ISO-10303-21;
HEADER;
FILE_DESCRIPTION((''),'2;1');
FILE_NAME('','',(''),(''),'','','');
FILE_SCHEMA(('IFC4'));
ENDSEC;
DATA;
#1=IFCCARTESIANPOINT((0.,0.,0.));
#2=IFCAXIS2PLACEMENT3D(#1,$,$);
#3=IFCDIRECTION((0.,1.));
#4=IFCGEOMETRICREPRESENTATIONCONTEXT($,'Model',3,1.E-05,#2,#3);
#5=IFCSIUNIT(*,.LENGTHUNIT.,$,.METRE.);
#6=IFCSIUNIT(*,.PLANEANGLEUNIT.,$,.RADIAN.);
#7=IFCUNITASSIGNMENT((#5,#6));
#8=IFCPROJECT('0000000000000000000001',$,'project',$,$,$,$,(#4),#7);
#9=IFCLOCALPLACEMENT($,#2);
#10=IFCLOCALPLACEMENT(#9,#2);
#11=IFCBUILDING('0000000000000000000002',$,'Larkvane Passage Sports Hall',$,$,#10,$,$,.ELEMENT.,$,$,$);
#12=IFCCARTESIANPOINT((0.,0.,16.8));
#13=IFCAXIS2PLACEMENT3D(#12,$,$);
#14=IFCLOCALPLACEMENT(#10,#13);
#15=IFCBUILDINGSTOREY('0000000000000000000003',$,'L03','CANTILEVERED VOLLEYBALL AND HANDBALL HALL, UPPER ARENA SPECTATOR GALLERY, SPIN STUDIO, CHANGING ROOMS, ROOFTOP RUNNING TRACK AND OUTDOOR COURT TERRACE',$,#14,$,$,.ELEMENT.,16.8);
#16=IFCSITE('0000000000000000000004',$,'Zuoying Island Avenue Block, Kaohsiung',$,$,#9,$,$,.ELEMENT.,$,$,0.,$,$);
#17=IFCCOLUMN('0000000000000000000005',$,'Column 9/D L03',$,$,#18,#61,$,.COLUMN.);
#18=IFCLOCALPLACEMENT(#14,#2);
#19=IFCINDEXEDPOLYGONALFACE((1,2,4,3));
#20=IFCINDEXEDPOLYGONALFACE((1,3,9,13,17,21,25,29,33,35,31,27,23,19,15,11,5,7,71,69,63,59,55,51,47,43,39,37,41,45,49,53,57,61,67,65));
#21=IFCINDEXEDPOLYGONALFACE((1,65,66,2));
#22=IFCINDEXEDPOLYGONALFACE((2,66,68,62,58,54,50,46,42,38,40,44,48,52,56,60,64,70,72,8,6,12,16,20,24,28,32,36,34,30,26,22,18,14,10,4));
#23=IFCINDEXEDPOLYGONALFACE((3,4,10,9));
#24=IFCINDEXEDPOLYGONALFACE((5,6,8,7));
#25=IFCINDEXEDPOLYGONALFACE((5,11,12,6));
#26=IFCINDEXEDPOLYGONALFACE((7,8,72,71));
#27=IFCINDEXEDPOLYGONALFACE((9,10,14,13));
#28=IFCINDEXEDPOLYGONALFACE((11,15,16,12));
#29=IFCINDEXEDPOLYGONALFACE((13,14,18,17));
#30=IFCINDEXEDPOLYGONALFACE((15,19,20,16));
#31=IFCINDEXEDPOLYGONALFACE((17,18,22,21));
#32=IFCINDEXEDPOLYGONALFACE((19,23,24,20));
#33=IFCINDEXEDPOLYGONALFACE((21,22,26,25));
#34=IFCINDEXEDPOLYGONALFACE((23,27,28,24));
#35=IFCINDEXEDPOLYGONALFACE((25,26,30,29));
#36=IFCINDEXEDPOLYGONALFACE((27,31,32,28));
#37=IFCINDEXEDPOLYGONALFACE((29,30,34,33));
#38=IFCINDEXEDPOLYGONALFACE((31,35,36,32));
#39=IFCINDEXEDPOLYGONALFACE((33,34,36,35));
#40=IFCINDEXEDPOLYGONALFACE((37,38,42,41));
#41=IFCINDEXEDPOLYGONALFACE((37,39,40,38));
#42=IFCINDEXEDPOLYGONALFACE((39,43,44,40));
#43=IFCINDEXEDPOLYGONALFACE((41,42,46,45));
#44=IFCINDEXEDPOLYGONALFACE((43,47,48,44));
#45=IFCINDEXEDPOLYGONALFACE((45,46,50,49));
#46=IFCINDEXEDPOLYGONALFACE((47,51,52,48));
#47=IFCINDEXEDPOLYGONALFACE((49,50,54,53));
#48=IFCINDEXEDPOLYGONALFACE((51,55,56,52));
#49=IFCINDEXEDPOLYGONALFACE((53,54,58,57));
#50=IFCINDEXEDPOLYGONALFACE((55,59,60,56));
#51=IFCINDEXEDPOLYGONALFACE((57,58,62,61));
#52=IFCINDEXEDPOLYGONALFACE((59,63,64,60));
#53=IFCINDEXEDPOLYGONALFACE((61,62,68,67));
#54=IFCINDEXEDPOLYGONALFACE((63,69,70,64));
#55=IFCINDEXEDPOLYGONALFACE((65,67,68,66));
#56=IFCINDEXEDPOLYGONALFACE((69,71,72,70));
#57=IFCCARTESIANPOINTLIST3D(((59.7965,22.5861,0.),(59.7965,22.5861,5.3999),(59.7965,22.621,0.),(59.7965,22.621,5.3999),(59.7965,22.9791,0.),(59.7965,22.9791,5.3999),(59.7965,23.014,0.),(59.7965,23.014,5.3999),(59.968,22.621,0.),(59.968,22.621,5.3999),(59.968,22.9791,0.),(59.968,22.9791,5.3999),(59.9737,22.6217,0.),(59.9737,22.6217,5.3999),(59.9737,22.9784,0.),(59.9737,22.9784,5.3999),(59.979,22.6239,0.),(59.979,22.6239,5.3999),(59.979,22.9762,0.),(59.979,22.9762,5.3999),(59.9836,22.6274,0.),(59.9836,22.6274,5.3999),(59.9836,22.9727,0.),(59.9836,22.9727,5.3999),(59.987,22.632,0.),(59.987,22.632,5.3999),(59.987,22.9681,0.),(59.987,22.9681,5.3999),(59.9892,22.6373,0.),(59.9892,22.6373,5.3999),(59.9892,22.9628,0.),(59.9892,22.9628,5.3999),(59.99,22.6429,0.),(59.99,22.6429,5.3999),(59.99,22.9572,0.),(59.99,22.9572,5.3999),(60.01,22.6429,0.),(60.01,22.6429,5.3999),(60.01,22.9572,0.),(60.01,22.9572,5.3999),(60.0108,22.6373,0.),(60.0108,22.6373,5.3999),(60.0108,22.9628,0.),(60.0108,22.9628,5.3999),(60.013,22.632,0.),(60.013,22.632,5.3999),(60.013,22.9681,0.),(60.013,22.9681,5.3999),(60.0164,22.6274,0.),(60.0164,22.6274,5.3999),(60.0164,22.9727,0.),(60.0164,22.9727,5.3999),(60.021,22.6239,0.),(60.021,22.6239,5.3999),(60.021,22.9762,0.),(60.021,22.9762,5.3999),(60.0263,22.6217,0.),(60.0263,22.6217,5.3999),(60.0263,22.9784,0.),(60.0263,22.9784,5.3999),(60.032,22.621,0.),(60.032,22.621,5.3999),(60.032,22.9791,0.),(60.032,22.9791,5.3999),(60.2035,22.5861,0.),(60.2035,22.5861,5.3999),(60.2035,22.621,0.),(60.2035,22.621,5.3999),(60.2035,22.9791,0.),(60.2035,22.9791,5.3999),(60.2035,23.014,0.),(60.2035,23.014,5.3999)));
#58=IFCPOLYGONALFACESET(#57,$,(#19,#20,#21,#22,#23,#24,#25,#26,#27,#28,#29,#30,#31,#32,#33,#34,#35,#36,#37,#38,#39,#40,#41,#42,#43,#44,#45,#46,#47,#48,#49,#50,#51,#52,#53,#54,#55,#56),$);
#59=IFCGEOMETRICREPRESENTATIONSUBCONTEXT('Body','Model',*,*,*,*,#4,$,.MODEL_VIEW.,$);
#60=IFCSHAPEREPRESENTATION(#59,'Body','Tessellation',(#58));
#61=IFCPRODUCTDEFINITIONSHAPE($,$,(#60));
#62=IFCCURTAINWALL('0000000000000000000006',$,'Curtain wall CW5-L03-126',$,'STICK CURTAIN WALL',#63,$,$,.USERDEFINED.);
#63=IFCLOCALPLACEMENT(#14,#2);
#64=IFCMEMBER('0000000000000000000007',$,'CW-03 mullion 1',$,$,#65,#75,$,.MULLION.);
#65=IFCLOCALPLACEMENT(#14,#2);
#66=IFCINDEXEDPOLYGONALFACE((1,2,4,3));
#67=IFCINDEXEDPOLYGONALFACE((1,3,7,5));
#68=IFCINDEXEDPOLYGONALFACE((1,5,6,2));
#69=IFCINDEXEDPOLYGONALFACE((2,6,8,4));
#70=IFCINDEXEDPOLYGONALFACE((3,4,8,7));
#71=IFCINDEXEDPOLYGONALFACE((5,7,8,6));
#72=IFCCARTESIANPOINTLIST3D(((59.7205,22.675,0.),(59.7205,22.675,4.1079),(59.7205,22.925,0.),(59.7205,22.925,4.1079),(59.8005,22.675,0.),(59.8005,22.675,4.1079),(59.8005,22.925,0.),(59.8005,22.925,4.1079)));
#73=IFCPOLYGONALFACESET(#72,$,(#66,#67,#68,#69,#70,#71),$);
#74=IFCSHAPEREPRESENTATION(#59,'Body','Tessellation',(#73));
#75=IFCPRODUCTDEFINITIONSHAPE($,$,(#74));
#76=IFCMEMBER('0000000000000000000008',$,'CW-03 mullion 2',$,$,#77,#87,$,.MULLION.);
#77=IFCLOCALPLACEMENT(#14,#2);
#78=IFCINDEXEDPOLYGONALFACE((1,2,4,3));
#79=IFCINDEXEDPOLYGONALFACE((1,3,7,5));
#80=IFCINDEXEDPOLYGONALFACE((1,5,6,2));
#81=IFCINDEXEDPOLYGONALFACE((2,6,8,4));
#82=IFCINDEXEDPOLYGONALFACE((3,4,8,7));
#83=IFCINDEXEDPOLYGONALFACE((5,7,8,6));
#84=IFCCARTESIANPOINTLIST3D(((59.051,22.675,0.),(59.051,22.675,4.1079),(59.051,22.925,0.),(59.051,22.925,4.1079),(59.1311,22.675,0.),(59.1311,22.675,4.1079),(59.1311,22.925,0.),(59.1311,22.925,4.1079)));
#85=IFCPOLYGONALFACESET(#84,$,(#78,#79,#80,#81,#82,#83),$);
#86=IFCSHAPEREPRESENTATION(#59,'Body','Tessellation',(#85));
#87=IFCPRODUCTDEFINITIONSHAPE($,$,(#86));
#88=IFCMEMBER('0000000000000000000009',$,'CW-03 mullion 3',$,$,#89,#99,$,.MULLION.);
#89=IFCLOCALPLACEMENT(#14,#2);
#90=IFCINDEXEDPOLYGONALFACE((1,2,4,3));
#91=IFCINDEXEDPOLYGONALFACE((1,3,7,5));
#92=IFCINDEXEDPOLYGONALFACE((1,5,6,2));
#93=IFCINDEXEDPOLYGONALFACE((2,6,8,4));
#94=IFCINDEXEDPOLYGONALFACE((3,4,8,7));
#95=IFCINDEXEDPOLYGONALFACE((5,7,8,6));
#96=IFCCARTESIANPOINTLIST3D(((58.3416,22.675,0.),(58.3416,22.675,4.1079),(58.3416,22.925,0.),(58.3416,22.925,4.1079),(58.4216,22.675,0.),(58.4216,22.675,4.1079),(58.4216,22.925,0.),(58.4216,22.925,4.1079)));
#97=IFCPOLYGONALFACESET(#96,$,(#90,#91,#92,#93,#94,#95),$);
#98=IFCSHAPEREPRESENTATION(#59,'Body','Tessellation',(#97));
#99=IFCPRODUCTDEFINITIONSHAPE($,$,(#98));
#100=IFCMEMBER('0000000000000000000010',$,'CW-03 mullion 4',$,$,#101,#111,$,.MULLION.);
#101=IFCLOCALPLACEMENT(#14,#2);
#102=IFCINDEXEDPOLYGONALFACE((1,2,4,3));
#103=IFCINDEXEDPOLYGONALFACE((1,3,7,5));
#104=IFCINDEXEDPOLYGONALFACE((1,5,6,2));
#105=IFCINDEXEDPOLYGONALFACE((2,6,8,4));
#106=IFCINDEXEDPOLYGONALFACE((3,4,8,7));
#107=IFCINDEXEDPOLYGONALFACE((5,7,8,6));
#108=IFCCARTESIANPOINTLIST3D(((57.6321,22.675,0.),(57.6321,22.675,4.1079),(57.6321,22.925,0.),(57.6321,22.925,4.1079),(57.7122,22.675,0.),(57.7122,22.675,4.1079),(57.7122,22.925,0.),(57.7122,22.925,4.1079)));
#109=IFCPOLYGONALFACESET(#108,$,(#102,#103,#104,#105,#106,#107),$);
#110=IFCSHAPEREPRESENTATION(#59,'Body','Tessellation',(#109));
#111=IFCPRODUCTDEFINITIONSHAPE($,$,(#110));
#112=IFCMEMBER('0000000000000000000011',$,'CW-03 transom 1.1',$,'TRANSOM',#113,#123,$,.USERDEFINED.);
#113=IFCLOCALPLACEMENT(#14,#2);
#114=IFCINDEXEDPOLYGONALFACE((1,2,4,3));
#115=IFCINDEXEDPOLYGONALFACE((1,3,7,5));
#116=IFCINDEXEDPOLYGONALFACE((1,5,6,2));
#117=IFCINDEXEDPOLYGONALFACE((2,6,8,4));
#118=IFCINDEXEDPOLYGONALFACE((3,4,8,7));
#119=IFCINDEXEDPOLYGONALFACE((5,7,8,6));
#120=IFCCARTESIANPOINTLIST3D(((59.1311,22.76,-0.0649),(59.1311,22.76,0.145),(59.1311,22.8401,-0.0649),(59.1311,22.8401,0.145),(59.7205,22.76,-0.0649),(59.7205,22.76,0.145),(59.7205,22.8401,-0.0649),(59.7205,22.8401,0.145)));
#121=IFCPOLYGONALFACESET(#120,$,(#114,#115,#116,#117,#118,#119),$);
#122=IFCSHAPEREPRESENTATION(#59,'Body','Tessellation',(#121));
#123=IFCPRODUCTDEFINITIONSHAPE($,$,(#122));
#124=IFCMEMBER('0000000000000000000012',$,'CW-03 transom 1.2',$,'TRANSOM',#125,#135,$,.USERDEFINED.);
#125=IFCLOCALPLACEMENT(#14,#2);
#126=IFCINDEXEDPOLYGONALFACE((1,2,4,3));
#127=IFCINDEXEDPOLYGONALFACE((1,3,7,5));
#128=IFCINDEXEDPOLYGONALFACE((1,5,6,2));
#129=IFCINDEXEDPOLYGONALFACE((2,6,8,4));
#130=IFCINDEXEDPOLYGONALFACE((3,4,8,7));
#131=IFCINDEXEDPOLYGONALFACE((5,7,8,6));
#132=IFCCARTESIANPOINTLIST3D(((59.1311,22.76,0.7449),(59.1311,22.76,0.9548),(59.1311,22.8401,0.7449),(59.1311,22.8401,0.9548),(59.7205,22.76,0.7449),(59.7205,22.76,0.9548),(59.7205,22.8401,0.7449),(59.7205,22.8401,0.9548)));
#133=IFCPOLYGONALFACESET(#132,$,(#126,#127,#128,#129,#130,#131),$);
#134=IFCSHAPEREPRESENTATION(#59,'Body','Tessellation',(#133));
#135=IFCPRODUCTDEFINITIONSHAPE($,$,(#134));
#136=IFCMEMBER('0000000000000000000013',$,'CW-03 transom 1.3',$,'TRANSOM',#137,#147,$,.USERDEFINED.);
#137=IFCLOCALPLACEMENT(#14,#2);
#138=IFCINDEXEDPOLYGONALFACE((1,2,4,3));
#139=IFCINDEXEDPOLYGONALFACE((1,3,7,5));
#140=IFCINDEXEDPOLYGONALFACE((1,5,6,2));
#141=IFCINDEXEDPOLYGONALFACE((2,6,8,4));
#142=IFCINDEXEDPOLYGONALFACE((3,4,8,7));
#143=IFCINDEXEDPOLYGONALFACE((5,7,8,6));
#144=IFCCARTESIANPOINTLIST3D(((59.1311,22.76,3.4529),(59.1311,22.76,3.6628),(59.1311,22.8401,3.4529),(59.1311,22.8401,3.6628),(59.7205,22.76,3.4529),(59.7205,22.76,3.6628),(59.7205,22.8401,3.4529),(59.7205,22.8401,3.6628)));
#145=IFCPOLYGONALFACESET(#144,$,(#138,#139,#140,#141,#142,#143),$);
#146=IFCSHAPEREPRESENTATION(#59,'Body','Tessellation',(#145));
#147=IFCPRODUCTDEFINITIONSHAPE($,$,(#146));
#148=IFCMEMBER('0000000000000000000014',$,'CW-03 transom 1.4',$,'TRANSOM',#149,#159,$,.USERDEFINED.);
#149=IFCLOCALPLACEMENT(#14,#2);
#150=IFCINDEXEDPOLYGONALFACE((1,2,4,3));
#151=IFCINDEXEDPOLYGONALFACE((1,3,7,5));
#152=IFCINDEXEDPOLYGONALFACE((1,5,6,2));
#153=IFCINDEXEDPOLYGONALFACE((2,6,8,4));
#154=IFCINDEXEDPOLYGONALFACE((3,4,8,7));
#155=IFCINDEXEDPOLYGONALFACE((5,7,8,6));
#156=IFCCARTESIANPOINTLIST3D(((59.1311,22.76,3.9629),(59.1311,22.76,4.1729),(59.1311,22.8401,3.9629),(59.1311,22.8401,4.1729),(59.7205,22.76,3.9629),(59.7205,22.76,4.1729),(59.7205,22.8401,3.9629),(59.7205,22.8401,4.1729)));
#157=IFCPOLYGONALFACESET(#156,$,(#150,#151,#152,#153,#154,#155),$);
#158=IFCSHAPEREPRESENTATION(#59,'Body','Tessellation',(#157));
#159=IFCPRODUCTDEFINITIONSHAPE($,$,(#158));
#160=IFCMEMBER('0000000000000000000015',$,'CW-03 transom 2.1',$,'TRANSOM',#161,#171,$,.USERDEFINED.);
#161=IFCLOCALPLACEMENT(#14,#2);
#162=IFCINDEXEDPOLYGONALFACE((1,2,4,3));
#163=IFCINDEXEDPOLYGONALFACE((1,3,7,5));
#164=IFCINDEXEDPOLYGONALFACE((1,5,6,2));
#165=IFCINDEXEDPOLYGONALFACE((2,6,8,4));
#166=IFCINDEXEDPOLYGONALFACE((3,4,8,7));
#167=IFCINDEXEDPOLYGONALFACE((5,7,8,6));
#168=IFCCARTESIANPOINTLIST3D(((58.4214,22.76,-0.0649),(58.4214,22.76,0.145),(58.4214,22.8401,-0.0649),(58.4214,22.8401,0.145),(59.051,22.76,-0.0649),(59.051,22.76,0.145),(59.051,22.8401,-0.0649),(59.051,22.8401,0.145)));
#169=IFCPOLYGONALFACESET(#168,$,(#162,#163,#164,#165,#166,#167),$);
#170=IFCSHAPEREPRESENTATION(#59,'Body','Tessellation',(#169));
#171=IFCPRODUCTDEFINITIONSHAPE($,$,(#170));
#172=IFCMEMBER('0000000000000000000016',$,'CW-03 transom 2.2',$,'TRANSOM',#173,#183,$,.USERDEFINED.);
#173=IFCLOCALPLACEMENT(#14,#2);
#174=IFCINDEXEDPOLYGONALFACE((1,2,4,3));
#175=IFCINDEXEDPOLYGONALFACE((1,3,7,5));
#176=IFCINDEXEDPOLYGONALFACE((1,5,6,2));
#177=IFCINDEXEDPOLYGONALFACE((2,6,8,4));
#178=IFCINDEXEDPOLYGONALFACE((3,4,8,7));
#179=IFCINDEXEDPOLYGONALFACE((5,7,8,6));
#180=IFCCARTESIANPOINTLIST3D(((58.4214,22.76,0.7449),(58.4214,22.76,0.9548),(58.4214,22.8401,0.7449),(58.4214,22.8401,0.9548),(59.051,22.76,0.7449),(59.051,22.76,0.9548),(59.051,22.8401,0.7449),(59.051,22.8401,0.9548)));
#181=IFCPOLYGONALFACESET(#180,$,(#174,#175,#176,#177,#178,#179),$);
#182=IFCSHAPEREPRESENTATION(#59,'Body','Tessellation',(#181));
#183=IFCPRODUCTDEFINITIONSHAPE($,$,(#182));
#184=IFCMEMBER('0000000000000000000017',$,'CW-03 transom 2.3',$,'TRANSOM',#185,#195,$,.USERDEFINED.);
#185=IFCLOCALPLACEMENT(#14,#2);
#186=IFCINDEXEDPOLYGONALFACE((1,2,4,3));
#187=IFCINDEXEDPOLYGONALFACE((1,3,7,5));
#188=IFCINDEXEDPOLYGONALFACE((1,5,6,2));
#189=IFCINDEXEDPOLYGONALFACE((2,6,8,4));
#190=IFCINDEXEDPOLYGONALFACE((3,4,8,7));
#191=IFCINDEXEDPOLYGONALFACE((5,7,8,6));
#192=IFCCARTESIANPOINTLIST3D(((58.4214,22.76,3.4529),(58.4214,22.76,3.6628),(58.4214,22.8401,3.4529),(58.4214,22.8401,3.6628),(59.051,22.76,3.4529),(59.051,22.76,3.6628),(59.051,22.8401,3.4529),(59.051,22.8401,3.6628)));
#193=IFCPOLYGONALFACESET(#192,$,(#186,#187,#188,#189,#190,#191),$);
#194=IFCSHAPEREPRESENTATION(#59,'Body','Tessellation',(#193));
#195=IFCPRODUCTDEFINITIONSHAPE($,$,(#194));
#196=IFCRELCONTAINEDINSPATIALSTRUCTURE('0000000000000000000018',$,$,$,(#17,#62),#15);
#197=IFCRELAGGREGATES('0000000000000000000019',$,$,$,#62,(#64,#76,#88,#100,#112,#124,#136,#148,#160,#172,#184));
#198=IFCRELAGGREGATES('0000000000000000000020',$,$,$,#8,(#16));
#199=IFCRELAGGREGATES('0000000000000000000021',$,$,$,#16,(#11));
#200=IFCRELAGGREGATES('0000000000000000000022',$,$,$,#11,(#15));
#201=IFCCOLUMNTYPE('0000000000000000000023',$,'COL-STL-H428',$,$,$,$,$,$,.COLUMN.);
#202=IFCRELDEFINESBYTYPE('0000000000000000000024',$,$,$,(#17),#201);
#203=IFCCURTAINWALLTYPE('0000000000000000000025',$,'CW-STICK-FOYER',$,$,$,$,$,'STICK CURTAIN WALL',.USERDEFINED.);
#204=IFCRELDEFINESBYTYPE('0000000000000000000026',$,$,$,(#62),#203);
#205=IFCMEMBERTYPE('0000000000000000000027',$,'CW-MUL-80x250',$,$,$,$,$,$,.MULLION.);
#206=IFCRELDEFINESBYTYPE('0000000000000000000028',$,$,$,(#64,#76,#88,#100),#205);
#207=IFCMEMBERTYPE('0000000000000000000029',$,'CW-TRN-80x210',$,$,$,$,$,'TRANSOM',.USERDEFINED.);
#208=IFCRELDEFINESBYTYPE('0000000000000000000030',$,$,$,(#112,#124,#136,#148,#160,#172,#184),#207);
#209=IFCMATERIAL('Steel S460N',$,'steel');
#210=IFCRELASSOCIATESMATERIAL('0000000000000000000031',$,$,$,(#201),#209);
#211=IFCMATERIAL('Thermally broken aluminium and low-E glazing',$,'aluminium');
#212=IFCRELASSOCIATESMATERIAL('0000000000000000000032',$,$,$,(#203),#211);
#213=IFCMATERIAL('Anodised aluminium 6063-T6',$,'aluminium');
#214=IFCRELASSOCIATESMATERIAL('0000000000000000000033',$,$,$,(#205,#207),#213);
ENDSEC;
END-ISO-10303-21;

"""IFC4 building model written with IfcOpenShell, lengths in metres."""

from ifc_helpers import new_model, si_unit, direction, frame, origin, origin_2d, place, context, subcontext, project, spatial, rectangle, i_section, extrude, material, material_profile, profile_set, type_object, element, aggregate, save


model = new_model("IFC4")

# Units and contexts
model_context = context("Model", 3, precision=1e-05, world=origin(), true_north=direction((0.0, 1.0)))
body_context = subcontext(model_context, "Body", "Model", "MODEL_VIEW")
ifc_project = project(units=[si_unit("LENGTHUNIT", "METRE"), si_unit("PLANEANGLEUNIT", "RADIAN")], contexts=[model_context])

# Site, building, storey
site_placement = place(None, origin())
site = spatial("IfcSite", under=ifc_project, at=site_placement, Name="Zuoying Island Avenue Block, Kaohsiung", CompositionType="ELEMENT", RefElevation=0.0)
building_placement = place(site_placement, origin())
building = spatial("IfcBuilding", under=site, at=building_placement, Name="Larkvane Passage Sports Hall", CompositionType="ELEMENT")
storey_placement = place(building_placement, frame((0.0, 0.0, 16.8)))
storey = spatial("IfcBuildingStorey", under=building, at=storey_placement, Name="L03", Description="CANTILEVERED VOLLEYBALL AND HANDBALL HALL, UPPER ARENA SPECTATOR GALLERY, SPIN STUDIO, CHANGING ROOMS, ROOFTOP RUNNING TRACK AND OUTDOOR COURT TERRACE", CompositionType="ELEMENT", Elevation=16.8)

# Column
ifc_material_1 = material(Name="Steel S460N", Category="steel")
ifc_material_profile_1 = material_profile(ifc_material_1, i_section(OverallWidth=0.407, OverallDepth=0.428, WebThickness=0.02, FlangeThickness=0.0349, FilletRadius=0.022, at=origin_2d()), Name="H-428x407x20x35")
ifc_profile_set_1 = profile_set([ifc_material_profile_1], Name="Steel S460N")
column_type = type_object("IfcColumnType", Name="COL-STL-H428", PredefinedType="COLUMN", material=ifc_profile_set_1)
column_placement = place(storey_placement, frame((60.0, 22.8, 0.0), z_axis=(0.0, 0.0, 1.0), x_axis=(1.0, 0.0, 0.0)))
element("IfcColumn", 1, at=column_placement, inside=storey, type_object=column_type, Name="Column 9/D L03", PredefinedType="COLUMN", context=body_context, shape_type="SweptSolid", body=[
    extrude(i_section(OverallWidth=0.407, OverallDepth=0.428, WebThickness=0.02, FlangeThickness=0.0349, FilletRadius=0.022, at=origin_2d()), origin(), (0.0, 0.0, 1.0), 5.3999),
])

# Curtain wall, members
ifc_material_2 = material(Name="Thermally broken aluminium and low-E glazing", Category="aluminium")
curtain_wall_type = type_object("IfcCurtainWallType", Name="CW-STICK-FOYER", ElementType="STICK CURTAIN WALL", PredefinedType="USERDEFINED", material=ifc_material_2)
curtain_wall_placement = place(storey_placement, origin())
curtain_wall = element("IfcCurtainWall", 2, at=curtain_wall_placement, inside=storey, type_object=curtain_wall_type, Name="Curtain wall CW5-L03-126", ObjectType="STICK CURTAIN WALL", PredefinedType="USERDEFINED")
ifc_material_3 = material(Name="Anodised aluminium 6063-T6", Category="aluminium")
ifc_material_profile_2 = material_profile(ifc_material_3, rectangle(XDim=0.0801, YDim=0.25, at=origin_2d()), Name="ALU-MUL-80x250")
ifc_profile_set_2 = profile_set([ifc_material_profile_2], Name="Anodised aluminium 6063-T6")
member_type_1 = type_object("IfcMemberType", Name="CW-MUL-80x250", PredefinedType="MULLION", material=ifc_profile_set_2)
member_1_placement = place(storey_placement, frame((59.7605, 22.8, 0.0), z_axis=(0.0, 0.0, 1.0), x_axis=(-1.0, 0.0, 0.0)))
member_1 = element("IfcMember", 3, at=member_1_placement, type_object=member_type_1, Name="CW-03 mullion 1", PredefinedType="MULLION", context=body_context, shape_type="SweptSolid", body=[
    extrude(rectangle(XDim=0.0801, YDim=0.25, at=origin_2d()), origin(), (0.0, 0.0, 1.0), 4.1079),
])
member_2_placement = place(storey_placement, frame((59.0911, 22.8, 0.0), z_axis=(0.0, 0.0, 1.0), x_axis=(-1.0, 0.0, 0.0)))
member_2 = element("IfcMember", 4, at=member_2_placement, type_object=member_type_1, Name="CW-03 mullion 2", PredefinedType="MULLION", context=body_context, shape_type="SweptSolid", body=[
    extrude(rectangle(XDim=0.0801, YDim=0.25, at=origin_2d()), origin(), (0.0, 0.0, 1.0), 4.1079),
])
member_3_placement = place(storey_placement, frame((58.3816, 22.8, 0.0), z_axis=(0.0, 0.0, 1.0), x_axis=(-1.0, 0.0, 0.0)))
member_3 = element("IfcMember", 5, at=member_3_placement, type_object=member_type_1, Name="CW-03 mullion 3", PredefinedType="MULLION", context=body_context, shape_type="SweptSolid", body=[
    extrude(rectangle(XDim=0.0801, YDim=0.25, at=origin_2d()), origin(), (0.0, 0.0, 1.0), 4.1079),
])
member_4_placement = place(storey_placement, frame((57.6721, 22.8, 0.0), z_axis=(0.0, 0.0, 1.0), x_axis=(-1.0, 0.0, 0.0)))
member_4 = element("IfcMember", 6, at=member_4_placement, type_object=member_type_1, Name="CW-03 mullion 4", PredefinedType="MULLION", context=body_context, shape_type="SweptSolid", body=[
    extrude(rectangle(XDim=0.0801, YDim=0.25, at=origin_2d()), origin(), (0.0, 0.0, 1.0), 4.1079),
])
ifc_material_profile_3 = material_profile(ifc_material_3, rectangle(XDim=0.0801, YDim=0.21, at=origin_2d()), Name="ALU-TRN-80x210")
ifc_profile_set_3 = profile_set([ifc_material_profile_3], Name="Anodised aluminium 6063-T6")
member_type_2 = type_object("IfcMemberType", Name="CW-TRN-80x210", ElementType="TRANSOM", PredefinedType="USERDEFINED", material=ifc_profile_set_3)
member_5_placement = place(storey_placement, frame((59.7205, 22.8, 0.04), z_axis=(-1.0, 0.0, 0.0), x_axis=(0.0, -1.0, 0.0)))
member_5 = element("IfcMember", 7, at=member_5_placement, type_object=member_type_2, Name="CW-03 transom 1.1", ObjectType="TRANSOM", PredefinedType="USERDEFINED", context=body_context, shape_type="SweptSolid", body=[
    extrude(rectangle(XDim=0.0801, YDim=0.21, at=origin_2d()), origin(), (0.0, 0.0, 1.0), 0.5894),
])
member_6_placement = place(storey_placement, frame((59.7205, 22.8, 0.8499), z_axis=(-1.0, 0.0, 0.0), x_axis=(0.0, -1.0, 0.0)))
member_6 = element("IfcMember", 8, at=member_6_placement, type_object=member_type_2, Name="CW-03 transom 1.2", ObjectType="TRANSOM", PredefinedType="USERDEFINED", context=body_context, shape_type="SweptSolid", body=[
    extrude(rectangle(XDim=0.0801, YDim=0.21, at=origin_2d()), origin(), (0.0, 0.0, 1.0), 0.5894),
])
member_7_placement = place(storey_placement, frame((59.7205, 22.8, 3.5579), z_axis=(-1.0, 0.0, 0.0), x_axis=(0.0, -1.0, 0.0)))
member_7 = element("IfcMember", 9, at=member_7_placement, type_object=member_type_2, Name="CW-03 transom 1.3", ObjectType="TRANSOM", PredefinedType="USERDEFINED", context=body_context, shape_type="SweptSolid", body=[
    extrude(rectangle(XDim=0.0801, YDim=0.21, at=origin_2d()), origin(), (0.0, 0.0, 1.0), 0.5894),
])
member_8_placement = place(storey_placement, frame((59.7205, 22.8, 4.0679), z_axis=(-1.0, 0.0, 0.0), x_axis=(0.0, -1.0, 0.0)))
member_8 = element("IfcMember", 10, at=member_8_placement, type_object=member_type_2, Name="CW-03 transom 1.4", ObjectType="TRANSOM", PredefinedType="USERDEFINED", context=body_context, shape_type="SweptSolid", body=[
    extrude(rectangle(XDim=0.0801, YDim=0.21, at=origin_2d()), origin(), (0.0, 0.0, 1.0), 0.5894),
])
member_9_placement = place(storey_placement, frame((59.051, 22.8, 0.04), z_axis=(-1.0, 0.0, 0.0), x_axis=(0.0, -1.0, 0.0)))
member_9 = element("IfcMember", 11, at=member_9_placement, type_object=member_type_2, Name="CW-03 transom 2.1", ObjectType="TRANSOM", PredefinedType="USERDEFINED", context=body_context, shape_type="SweptSolid", body=[
    extrude(rectangle(XDim=0.0801, YDim=0.21, at=origin_2d()), origin(), (0.0, 0.0, 1.0), 0.6296),
])
member_10_placement = place(storey_placement, frame((59.051, 22.8, 0.8499), z_axis=(-1.0, 0.0, 0.0), x_axis=(0.0, -1.0, 0.0)))
member_10 = element("IfcMember", 12, at=member_10_placement, type_object=member_type_2, Name="CW-03 transom 2.2", ObjectType="TRANSOM", PredefinedType="USERDEFINED", context=body_context, shape_type="SweptSolid", body=[
    extrude(rectangle(XDim=0.0801, YDim=0.21, at=origin_2d()), origin(), (0.0, 0.0, 1.0), 0.6296),
])
member_11_placement = place(storey_placement, frame((59.051, 22.8, 3.5579), z_axis=(-1.0, 0.0, 0.0), x_axis=(0.0, -1.0, 0.0)))
member_11 = element("IfcMember", 13, at=member_11_placement, type_object=member_type_2, Name="CW-03 transom 2.3", ObjectType="TRANSOM", PredefinedType="USERDEFINED", context=body_context, shape_type="SweptSolid", body=[
    extrude(rectangle(XDim=0.0801, YDim=0.21, at=origin_2d()), origin(), (0.0, 0.0, 1.0), 0.6296),
])
aggregate(curtain_wall, [member_1, member_2, member_3, member_4, member_5, member_6, member_7, member_8, member_9, member_10, member_11])

save(model, "model.ifc")
